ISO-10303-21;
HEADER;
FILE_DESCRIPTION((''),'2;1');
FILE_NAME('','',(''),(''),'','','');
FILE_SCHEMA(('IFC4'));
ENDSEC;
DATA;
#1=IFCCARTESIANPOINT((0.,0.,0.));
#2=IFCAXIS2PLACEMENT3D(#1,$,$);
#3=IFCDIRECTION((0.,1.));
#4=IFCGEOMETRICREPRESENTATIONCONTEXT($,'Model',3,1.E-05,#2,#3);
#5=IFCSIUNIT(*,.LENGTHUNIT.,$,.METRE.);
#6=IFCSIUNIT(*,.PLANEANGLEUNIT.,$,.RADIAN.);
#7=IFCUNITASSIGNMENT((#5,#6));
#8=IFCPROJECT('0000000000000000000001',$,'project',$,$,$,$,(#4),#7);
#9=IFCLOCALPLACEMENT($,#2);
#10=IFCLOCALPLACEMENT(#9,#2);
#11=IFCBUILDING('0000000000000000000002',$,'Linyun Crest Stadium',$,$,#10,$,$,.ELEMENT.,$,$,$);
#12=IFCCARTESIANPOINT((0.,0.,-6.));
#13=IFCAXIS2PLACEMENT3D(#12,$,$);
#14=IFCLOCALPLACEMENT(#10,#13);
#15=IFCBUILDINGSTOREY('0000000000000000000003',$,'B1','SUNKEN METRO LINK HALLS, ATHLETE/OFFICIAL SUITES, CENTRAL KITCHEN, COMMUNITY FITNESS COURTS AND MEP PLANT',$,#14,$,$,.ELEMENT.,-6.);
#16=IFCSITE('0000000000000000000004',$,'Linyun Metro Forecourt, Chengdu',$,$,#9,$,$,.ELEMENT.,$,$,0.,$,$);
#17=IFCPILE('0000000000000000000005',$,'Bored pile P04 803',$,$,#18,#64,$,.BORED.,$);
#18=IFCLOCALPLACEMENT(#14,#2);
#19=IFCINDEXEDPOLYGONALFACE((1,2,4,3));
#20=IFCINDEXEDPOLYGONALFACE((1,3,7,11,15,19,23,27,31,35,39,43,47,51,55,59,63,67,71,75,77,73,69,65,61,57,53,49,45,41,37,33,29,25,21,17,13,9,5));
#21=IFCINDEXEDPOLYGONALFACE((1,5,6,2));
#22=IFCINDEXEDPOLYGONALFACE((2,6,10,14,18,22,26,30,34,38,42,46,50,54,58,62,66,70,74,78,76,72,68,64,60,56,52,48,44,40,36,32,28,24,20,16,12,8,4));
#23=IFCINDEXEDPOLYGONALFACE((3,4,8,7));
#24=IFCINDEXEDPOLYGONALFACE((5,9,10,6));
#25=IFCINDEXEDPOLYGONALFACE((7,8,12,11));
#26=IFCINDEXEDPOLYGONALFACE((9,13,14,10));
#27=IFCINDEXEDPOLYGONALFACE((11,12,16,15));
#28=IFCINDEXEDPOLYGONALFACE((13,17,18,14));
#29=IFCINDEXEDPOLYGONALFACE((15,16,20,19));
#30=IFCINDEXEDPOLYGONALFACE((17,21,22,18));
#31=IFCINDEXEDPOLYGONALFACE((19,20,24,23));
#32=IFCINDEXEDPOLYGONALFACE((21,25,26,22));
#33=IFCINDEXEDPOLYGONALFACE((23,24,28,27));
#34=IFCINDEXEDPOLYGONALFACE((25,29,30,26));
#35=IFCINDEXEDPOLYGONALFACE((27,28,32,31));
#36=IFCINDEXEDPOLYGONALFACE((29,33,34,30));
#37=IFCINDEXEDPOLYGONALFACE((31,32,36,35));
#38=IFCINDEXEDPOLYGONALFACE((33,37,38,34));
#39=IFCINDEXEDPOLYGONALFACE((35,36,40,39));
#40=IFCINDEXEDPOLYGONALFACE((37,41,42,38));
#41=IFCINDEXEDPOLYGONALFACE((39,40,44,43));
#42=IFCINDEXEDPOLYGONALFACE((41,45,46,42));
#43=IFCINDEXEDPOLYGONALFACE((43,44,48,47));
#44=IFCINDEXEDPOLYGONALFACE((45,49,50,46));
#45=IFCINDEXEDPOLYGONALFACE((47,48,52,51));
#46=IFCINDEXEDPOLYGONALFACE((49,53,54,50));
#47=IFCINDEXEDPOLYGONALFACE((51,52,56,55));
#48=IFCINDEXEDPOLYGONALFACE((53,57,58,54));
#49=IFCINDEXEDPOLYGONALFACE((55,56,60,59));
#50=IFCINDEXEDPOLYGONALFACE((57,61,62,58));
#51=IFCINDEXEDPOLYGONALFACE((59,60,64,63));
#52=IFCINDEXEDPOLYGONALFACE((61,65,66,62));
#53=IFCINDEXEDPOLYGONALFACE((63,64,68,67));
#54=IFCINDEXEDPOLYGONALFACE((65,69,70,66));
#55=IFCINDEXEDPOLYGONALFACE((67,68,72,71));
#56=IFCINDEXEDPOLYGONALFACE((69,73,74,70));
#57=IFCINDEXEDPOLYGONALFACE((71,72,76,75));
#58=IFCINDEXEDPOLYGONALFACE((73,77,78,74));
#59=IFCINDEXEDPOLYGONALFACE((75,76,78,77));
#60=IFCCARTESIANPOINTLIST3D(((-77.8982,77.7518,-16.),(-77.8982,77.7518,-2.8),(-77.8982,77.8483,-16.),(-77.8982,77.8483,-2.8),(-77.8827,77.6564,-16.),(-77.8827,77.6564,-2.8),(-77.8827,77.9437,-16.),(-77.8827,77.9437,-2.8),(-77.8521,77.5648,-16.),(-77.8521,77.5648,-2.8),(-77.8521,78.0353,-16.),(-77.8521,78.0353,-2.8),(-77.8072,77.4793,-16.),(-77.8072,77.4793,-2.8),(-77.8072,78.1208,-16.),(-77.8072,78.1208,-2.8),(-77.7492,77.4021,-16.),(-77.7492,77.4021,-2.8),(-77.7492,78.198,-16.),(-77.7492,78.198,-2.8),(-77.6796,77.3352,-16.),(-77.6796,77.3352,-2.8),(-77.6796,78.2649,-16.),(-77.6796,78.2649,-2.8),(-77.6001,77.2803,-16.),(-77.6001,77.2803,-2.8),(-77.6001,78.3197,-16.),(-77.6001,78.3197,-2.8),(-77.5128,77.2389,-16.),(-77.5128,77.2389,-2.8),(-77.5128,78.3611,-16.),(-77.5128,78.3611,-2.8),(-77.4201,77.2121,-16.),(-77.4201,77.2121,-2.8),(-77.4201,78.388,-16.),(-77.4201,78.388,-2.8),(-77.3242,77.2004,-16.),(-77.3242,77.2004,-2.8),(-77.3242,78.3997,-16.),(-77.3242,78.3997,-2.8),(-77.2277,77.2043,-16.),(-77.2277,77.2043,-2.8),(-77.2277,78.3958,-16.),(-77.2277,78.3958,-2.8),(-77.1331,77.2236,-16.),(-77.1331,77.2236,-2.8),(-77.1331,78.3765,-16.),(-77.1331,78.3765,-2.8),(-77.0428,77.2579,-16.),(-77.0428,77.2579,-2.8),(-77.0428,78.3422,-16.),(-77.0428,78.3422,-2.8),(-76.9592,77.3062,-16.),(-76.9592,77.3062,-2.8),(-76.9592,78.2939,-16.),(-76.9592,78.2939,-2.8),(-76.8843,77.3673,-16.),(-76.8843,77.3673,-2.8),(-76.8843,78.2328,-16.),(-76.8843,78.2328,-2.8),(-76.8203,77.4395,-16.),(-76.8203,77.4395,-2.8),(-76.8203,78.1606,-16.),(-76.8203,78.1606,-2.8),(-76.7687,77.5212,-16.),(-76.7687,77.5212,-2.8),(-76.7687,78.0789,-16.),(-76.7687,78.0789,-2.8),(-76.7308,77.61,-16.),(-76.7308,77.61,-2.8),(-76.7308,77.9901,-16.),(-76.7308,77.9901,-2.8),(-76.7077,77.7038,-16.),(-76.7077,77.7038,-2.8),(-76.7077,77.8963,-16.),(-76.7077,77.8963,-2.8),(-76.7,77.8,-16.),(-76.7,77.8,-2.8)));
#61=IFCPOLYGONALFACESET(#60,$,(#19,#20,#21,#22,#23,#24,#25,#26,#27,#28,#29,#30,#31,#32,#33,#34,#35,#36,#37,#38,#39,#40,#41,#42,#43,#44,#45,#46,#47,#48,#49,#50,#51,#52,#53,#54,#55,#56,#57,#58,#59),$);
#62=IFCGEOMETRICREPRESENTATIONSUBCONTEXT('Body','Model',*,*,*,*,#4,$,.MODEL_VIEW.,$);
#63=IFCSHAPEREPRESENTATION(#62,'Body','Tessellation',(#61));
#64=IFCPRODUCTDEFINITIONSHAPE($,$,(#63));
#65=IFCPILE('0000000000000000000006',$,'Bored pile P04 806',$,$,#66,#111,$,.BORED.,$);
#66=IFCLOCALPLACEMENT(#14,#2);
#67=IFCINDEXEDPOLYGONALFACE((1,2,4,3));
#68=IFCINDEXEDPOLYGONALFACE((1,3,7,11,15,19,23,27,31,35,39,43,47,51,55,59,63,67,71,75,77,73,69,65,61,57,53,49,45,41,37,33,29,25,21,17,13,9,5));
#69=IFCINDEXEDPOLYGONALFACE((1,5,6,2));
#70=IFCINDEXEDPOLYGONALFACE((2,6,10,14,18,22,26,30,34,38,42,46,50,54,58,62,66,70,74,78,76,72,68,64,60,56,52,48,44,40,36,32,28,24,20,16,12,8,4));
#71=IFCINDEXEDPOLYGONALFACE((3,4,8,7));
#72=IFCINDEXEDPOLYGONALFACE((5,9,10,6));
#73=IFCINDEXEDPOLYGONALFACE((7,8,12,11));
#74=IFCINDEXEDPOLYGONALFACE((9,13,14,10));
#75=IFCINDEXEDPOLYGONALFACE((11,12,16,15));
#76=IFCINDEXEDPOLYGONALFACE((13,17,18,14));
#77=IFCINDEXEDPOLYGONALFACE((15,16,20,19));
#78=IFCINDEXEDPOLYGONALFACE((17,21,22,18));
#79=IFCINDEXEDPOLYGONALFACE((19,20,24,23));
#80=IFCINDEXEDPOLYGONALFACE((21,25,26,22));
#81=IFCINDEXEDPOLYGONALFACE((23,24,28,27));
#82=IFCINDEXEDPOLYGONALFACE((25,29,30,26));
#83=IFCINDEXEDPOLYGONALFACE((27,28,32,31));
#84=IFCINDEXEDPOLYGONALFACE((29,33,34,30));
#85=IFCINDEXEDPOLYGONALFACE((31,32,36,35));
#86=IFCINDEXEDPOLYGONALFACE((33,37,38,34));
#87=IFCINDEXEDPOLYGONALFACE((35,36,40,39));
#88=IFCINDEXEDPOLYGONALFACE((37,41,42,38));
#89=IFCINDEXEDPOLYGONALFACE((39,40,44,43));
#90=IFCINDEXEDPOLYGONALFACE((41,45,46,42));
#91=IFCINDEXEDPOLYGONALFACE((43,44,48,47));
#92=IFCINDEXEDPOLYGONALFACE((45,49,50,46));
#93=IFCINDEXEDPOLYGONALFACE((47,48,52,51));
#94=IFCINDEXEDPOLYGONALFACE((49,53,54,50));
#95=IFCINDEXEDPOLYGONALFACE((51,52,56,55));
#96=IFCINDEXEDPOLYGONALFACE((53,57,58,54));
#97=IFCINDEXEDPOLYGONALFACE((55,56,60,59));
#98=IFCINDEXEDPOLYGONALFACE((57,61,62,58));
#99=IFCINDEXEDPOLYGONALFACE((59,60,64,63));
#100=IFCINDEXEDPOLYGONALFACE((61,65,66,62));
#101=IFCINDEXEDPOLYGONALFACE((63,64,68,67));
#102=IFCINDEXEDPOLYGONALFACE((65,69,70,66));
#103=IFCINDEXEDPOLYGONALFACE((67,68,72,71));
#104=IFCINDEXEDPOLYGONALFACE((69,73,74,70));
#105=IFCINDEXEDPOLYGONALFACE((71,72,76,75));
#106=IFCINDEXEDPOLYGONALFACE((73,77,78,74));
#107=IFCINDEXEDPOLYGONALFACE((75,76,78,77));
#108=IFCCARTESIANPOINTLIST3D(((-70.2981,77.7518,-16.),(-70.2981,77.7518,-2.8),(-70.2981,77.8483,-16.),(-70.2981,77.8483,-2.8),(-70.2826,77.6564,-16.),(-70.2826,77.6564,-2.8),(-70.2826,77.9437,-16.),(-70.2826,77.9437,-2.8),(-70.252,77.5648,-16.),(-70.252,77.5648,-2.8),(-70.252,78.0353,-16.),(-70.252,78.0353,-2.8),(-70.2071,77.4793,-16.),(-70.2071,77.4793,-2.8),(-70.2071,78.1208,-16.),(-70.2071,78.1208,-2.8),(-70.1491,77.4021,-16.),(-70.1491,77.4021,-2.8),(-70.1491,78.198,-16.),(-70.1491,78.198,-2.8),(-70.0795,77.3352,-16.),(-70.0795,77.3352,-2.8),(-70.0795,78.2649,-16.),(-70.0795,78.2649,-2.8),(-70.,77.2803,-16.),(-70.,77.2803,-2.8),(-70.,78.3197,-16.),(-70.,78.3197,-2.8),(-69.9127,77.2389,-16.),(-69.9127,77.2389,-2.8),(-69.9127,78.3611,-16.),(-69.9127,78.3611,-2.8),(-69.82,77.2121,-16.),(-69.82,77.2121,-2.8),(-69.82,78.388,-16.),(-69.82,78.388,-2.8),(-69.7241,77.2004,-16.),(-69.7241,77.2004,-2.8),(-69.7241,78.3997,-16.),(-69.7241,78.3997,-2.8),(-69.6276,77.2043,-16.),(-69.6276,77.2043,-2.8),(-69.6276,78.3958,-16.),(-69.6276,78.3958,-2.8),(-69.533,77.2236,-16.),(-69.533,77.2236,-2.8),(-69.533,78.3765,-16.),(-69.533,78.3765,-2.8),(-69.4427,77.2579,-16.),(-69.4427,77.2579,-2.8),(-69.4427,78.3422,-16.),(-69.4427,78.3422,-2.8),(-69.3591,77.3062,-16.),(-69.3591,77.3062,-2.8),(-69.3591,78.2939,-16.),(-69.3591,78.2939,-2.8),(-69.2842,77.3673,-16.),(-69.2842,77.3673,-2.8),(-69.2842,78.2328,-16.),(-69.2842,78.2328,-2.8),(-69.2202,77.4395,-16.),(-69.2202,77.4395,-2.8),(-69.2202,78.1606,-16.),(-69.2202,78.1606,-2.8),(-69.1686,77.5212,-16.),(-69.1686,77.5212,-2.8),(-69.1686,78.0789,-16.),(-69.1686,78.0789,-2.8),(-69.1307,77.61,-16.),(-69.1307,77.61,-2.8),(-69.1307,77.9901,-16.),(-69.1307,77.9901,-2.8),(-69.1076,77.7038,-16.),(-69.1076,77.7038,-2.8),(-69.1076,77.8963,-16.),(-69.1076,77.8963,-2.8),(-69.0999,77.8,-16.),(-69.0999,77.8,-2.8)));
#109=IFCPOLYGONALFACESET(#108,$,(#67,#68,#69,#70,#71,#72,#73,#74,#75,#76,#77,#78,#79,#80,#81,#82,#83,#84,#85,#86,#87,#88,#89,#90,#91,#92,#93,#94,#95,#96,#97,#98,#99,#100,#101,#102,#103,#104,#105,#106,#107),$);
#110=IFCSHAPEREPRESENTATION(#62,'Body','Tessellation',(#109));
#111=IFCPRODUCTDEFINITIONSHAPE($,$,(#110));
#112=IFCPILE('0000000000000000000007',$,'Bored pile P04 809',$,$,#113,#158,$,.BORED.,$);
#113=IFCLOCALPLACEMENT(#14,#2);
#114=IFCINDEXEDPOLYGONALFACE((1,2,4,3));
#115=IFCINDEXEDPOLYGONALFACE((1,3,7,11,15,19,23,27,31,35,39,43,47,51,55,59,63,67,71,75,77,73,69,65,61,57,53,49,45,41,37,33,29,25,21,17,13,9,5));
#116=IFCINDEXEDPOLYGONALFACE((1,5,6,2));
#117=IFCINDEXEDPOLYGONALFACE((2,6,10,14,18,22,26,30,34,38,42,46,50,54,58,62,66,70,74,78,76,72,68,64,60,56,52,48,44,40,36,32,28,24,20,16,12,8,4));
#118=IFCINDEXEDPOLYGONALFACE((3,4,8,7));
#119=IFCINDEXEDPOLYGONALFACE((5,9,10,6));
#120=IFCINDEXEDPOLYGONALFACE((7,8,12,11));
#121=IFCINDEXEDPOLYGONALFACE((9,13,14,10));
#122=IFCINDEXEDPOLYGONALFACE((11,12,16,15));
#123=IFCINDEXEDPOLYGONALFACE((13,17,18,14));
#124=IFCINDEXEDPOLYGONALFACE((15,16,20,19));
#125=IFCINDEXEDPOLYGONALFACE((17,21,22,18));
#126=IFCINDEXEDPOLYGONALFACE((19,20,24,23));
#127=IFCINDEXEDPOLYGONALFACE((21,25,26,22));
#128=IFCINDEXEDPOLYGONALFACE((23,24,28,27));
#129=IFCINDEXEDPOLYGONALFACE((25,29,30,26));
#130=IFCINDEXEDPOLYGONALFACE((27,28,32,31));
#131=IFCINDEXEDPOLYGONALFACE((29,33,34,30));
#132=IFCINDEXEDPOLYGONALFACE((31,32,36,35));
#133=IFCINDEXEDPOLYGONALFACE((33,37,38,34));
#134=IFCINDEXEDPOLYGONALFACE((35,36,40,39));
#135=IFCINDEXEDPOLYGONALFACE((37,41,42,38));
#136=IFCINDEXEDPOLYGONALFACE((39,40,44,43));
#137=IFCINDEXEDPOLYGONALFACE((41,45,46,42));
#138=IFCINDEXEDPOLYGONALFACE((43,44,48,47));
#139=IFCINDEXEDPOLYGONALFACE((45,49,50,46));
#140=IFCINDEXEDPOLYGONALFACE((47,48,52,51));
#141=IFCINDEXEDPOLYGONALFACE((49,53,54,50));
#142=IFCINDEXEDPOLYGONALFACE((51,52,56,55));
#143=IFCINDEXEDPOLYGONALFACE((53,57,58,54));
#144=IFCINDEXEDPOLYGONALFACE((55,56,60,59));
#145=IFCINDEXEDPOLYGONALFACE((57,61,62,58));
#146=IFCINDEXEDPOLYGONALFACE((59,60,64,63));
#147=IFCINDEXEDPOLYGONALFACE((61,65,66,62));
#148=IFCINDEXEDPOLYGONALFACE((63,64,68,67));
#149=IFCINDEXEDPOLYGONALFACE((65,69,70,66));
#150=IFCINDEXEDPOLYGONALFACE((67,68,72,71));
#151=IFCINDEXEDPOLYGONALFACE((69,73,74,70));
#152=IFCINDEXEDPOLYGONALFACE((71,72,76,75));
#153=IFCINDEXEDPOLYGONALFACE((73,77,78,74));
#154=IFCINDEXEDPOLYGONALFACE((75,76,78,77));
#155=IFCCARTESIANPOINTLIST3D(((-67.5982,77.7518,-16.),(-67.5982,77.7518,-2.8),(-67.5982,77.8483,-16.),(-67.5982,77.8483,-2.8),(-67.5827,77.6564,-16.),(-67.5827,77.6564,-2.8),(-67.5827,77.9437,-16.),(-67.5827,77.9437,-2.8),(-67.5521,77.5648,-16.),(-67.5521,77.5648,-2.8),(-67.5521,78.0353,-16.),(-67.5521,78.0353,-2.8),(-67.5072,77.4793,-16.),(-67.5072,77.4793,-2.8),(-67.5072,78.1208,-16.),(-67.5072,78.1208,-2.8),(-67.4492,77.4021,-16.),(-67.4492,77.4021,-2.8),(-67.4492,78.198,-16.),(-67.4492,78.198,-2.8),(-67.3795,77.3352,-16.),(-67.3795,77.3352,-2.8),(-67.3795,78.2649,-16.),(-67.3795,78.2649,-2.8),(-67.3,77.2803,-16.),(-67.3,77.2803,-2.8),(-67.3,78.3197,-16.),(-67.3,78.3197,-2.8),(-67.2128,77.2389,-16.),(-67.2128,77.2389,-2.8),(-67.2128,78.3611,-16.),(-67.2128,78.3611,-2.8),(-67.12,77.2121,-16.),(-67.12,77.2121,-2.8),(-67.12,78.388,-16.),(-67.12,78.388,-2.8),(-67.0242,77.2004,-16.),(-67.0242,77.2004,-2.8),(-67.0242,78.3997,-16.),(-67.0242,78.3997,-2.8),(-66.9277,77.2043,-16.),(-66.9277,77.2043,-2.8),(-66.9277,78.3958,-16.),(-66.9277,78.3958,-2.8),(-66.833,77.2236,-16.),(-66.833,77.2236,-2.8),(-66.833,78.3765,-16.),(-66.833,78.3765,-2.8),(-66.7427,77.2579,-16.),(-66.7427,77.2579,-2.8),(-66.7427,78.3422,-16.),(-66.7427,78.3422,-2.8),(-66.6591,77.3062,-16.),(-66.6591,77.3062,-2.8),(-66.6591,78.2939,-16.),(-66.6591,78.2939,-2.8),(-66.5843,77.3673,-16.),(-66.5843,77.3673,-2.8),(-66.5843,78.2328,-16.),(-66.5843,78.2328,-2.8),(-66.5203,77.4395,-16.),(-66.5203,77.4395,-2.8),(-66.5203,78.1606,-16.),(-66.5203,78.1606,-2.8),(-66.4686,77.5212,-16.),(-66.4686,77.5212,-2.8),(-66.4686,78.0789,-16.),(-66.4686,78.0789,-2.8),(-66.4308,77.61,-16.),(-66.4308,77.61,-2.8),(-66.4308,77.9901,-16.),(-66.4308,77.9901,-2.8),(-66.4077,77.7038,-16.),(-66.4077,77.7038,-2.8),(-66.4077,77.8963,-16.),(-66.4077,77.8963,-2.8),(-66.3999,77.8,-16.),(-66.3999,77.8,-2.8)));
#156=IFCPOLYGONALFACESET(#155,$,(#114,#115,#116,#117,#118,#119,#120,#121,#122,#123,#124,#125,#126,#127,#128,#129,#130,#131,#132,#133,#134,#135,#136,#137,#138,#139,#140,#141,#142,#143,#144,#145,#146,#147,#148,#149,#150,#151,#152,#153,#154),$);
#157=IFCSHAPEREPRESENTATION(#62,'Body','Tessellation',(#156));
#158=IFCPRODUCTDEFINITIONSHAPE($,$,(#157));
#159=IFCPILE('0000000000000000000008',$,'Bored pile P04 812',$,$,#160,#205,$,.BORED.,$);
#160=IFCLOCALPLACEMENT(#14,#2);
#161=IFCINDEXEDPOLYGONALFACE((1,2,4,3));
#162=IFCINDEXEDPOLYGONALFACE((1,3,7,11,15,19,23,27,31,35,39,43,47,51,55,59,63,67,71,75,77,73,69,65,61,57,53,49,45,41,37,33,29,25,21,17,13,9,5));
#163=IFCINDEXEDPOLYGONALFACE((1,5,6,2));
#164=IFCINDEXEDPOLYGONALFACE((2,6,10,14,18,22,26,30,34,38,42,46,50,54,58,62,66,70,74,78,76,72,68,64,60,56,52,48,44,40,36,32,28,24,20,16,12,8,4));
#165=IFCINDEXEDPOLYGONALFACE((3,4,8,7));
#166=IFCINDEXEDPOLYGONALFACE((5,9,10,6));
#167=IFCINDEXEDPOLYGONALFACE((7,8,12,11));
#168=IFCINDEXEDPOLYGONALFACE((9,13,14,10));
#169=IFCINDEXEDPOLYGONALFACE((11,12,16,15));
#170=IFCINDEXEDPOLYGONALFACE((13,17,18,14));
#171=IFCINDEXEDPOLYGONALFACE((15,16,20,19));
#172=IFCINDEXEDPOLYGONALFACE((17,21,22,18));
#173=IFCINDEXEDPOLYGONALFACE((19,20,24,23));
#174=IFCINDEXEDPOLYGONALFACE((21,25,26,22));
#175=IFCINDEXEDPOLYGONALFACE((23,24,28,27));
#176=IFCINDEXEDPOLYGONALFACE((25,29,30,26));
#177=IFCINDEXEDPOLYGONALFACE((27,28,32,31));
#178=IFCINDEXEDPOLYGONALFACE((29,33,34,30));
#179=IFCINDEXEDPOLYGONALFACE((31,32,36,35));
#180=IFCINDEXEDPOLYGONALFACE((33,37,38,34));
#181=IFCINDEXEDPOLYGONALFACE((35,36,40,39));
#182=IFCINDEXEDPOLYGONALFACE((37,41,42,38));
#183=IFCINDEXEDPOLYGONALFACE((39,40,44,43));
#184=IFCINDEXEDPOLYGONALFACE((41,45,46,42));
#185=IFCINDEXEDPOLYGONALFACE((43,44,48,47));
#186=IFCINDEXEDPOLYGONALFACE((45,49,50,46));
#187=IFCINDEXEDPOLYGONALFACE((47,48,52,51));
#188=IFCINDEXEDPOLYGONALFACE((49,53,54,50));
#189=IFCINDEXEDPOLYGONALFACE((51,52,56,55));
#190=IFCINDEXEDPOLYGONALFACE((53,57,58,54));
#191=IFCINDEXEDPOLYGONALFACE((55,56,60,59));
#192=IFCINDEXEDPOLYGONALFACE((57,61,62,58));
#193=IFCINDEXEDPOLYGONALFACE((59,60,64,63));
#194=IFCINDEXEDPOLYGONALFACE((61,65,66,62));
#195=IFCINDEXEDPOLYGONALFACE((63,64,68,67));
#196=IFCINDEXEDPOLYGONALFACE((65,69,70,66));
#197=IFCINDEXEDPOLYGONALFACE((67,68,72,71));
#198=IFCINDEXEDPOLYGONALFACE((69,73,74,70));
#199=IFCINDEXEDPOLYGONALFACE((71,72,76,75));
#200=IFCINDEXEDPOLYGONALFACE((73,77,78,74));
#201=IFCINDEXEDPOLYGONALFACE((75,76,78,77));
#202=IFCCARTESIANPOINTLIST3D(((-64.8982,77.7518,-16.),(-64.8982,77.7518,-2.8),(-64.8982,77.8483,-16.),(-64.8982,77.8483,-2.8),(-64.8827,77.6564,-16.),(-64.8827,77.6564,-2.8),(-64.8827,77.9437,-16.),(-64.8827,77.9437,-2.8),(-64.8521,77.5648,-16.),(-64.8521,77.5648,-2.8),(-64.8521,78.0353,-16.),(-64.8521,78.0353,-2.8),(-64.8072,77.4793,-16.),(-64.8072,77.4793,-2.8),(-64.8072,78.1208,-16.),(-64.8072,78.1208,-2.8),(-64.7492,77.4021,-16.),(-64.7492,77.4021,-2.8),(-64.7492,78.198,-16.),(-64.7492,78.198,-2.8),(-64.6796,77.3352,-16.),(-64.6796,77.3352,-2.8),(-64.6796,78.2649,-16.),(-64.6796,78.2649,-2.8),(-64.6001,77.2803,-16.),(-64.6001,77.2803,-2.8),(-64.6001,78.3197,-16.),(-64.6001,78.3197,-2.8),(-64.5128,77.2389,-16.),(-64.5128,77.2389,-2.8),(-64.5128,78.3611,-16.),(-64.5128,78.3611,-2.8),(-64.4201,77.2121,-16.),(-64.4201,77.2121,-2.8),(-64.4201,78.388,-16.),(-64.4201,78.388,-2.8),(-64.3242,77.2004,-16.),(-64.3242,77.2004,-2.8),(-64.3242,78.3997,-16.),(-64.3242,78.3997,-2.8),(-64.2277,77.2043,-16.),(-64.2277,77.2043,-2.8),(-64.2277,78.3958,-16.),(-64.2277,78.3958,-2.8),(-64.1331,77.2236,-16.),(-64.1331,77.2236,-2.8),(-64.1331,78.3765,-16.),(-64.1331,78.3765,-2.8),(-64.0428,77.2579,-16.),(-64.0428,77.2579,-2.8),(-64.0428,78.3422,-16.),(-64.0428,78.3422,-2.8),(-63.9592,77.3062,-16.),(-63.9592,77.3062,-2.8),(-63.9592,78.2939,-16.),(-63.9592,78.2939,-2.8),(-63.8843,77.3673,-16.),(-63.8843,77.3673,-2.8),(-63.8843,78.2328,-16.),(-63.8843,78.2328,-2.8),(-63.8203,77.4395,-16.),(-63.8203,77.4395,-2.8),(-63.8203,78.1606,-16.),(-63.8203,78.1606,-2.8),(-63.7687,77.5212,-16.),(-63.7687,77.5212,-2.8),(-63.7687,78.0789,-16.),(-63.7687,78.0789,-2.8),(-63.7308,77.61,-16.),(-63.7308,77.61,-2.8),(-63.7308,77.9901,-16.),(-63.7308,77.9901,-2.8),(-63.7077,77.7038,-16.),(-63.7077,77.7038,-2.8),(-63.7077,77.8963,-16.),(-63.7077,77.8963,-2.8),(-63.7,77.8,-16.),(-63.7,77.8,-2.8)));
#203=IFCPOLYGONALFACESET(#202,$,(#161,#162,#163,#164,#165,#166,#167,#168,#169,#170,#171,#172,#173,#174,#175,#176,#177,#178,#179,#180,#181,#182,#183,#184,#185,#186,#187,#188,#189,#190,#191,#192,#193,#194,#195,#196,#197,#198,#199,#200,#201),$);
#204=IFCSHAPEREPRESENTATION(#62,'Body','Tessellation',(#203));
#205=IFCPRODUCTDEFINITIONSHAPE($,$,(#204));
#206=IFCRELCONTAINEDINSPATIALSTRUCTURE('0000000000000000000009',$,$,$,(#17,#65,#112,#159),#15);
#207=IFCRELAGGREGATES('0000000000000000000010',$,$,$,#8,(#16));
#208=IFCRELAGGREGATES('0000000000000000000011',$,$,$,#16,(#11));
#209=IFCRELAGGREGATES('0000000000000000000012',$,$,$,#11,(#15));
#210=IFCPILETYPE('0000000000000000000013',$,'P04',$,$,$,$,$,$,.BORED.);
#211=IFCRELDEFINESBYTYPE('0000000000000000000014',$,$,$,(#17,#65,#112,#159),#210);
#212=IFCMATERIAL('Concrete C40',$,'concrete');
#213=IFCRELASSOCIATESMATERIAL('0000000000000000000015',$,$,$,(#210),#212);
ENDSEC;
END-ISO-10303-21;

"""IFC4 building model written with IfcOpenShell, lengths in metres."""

from ifc_helpers import new_model, si_unit, direction, frame, origin, origin_2d, place, context, subcontext, project, spatial, circle, extrude, material, material_profile, profile_set, type_object, element, save


model = new_model("IFC4")

# Units and contexts
model_context = context("Model", 3, precision=1e-05, world=origin(), true_north=direction((0.0, 1.0)))
body_context = subcontext(model_context, "Body", "Model", "MODEL_VIEW")
ifc_project = project(units=[si_unit("LENGTHUNIT", "METRE"), si_unit("PLANEANGLEUNIT", "RADIAN")], contexts=[model_context])

# Site, building, storey
site_placement = place(None, origin())
site = spatial("IfcSite", under=ifc_project, at=site_placement, Name="Linyun Metro Forecourt, Chengdu", CompositionType="ELEMENT", RefElevation=0.0)
building_placement = place(site_placement, origin())
building = spatial("IfcBuilding", under=site, at=building_placement, Name="Linyun Crest Stadium", CompositionType="ELEMENT")
storey_placement = place(building_placement, frame((0.0, 0.0, -6.0)))
storey = spatial("IfcBuildingStorey", under=building, at=storey_placement, Name="B1", Description="SUNKEN METRO LINK HALLS, ATHLETE/OFFICIAL SUITES, CENTRAL KITCHEN, COMMUNITY FITNESS COURTS AND MEP PLANT", CompositionType="ELEMENT", Elevation=-6.0)

# Piles
ifc_material_1 = material(Name="Concrete C40", Category="concrete")
ifc_material_profile_1 = material_profile(ifc_material_1, circle(Radius=0.6001, at=origin_2d()), Name="BORED PILE 1200")
ifc_profile_set_1 = profile_set([ifc_material_profile_1], Name="Concrete C40")
pile_type = type_object("IfcPileType", Name="P04", PredefinedType="BORED", material=ifc_profile_set_1)
for number, where, z_axis, x_axis, name in (
    (1, (-77.3, 77.8, -2.8), (0.0, 0.0, -1.0), (1.0, 0.0, 0.0), "Bored pile P04 803"),
    (2, (-69.7, 77.8, -2.8), (0.0, 0.0, -1.0), (1.0, 0.0, 0.0), "Bored pile P04 806"),
    (3, (-67.0, 77.8, -2.8), (0.0, 0.0, -1.0), (1.0, 0.0, 0.0), "Bored pile P04 809"),
    (4, (-64.3, 77.8, -2.8), (0.0, 0.0, -1.0), (1.0, 0.0, 0.0), "Bored pile P04 812"),
):
    element("IfcPile", number, at=place(storey_placement, frame(where, z_axis=z_axis, x_axis=x_axis)), inside=storey, type_object=pile_type, Name=name, PredefinedType="BORED", context=body_context, shape_type="SweptSolid", body=[
        extrude(circle(Radius=0.6001, at=origin_2d()), origin(), (0.0, 0.0, 1.0), 13.2),
    ])

save(model, "model.ifc")
